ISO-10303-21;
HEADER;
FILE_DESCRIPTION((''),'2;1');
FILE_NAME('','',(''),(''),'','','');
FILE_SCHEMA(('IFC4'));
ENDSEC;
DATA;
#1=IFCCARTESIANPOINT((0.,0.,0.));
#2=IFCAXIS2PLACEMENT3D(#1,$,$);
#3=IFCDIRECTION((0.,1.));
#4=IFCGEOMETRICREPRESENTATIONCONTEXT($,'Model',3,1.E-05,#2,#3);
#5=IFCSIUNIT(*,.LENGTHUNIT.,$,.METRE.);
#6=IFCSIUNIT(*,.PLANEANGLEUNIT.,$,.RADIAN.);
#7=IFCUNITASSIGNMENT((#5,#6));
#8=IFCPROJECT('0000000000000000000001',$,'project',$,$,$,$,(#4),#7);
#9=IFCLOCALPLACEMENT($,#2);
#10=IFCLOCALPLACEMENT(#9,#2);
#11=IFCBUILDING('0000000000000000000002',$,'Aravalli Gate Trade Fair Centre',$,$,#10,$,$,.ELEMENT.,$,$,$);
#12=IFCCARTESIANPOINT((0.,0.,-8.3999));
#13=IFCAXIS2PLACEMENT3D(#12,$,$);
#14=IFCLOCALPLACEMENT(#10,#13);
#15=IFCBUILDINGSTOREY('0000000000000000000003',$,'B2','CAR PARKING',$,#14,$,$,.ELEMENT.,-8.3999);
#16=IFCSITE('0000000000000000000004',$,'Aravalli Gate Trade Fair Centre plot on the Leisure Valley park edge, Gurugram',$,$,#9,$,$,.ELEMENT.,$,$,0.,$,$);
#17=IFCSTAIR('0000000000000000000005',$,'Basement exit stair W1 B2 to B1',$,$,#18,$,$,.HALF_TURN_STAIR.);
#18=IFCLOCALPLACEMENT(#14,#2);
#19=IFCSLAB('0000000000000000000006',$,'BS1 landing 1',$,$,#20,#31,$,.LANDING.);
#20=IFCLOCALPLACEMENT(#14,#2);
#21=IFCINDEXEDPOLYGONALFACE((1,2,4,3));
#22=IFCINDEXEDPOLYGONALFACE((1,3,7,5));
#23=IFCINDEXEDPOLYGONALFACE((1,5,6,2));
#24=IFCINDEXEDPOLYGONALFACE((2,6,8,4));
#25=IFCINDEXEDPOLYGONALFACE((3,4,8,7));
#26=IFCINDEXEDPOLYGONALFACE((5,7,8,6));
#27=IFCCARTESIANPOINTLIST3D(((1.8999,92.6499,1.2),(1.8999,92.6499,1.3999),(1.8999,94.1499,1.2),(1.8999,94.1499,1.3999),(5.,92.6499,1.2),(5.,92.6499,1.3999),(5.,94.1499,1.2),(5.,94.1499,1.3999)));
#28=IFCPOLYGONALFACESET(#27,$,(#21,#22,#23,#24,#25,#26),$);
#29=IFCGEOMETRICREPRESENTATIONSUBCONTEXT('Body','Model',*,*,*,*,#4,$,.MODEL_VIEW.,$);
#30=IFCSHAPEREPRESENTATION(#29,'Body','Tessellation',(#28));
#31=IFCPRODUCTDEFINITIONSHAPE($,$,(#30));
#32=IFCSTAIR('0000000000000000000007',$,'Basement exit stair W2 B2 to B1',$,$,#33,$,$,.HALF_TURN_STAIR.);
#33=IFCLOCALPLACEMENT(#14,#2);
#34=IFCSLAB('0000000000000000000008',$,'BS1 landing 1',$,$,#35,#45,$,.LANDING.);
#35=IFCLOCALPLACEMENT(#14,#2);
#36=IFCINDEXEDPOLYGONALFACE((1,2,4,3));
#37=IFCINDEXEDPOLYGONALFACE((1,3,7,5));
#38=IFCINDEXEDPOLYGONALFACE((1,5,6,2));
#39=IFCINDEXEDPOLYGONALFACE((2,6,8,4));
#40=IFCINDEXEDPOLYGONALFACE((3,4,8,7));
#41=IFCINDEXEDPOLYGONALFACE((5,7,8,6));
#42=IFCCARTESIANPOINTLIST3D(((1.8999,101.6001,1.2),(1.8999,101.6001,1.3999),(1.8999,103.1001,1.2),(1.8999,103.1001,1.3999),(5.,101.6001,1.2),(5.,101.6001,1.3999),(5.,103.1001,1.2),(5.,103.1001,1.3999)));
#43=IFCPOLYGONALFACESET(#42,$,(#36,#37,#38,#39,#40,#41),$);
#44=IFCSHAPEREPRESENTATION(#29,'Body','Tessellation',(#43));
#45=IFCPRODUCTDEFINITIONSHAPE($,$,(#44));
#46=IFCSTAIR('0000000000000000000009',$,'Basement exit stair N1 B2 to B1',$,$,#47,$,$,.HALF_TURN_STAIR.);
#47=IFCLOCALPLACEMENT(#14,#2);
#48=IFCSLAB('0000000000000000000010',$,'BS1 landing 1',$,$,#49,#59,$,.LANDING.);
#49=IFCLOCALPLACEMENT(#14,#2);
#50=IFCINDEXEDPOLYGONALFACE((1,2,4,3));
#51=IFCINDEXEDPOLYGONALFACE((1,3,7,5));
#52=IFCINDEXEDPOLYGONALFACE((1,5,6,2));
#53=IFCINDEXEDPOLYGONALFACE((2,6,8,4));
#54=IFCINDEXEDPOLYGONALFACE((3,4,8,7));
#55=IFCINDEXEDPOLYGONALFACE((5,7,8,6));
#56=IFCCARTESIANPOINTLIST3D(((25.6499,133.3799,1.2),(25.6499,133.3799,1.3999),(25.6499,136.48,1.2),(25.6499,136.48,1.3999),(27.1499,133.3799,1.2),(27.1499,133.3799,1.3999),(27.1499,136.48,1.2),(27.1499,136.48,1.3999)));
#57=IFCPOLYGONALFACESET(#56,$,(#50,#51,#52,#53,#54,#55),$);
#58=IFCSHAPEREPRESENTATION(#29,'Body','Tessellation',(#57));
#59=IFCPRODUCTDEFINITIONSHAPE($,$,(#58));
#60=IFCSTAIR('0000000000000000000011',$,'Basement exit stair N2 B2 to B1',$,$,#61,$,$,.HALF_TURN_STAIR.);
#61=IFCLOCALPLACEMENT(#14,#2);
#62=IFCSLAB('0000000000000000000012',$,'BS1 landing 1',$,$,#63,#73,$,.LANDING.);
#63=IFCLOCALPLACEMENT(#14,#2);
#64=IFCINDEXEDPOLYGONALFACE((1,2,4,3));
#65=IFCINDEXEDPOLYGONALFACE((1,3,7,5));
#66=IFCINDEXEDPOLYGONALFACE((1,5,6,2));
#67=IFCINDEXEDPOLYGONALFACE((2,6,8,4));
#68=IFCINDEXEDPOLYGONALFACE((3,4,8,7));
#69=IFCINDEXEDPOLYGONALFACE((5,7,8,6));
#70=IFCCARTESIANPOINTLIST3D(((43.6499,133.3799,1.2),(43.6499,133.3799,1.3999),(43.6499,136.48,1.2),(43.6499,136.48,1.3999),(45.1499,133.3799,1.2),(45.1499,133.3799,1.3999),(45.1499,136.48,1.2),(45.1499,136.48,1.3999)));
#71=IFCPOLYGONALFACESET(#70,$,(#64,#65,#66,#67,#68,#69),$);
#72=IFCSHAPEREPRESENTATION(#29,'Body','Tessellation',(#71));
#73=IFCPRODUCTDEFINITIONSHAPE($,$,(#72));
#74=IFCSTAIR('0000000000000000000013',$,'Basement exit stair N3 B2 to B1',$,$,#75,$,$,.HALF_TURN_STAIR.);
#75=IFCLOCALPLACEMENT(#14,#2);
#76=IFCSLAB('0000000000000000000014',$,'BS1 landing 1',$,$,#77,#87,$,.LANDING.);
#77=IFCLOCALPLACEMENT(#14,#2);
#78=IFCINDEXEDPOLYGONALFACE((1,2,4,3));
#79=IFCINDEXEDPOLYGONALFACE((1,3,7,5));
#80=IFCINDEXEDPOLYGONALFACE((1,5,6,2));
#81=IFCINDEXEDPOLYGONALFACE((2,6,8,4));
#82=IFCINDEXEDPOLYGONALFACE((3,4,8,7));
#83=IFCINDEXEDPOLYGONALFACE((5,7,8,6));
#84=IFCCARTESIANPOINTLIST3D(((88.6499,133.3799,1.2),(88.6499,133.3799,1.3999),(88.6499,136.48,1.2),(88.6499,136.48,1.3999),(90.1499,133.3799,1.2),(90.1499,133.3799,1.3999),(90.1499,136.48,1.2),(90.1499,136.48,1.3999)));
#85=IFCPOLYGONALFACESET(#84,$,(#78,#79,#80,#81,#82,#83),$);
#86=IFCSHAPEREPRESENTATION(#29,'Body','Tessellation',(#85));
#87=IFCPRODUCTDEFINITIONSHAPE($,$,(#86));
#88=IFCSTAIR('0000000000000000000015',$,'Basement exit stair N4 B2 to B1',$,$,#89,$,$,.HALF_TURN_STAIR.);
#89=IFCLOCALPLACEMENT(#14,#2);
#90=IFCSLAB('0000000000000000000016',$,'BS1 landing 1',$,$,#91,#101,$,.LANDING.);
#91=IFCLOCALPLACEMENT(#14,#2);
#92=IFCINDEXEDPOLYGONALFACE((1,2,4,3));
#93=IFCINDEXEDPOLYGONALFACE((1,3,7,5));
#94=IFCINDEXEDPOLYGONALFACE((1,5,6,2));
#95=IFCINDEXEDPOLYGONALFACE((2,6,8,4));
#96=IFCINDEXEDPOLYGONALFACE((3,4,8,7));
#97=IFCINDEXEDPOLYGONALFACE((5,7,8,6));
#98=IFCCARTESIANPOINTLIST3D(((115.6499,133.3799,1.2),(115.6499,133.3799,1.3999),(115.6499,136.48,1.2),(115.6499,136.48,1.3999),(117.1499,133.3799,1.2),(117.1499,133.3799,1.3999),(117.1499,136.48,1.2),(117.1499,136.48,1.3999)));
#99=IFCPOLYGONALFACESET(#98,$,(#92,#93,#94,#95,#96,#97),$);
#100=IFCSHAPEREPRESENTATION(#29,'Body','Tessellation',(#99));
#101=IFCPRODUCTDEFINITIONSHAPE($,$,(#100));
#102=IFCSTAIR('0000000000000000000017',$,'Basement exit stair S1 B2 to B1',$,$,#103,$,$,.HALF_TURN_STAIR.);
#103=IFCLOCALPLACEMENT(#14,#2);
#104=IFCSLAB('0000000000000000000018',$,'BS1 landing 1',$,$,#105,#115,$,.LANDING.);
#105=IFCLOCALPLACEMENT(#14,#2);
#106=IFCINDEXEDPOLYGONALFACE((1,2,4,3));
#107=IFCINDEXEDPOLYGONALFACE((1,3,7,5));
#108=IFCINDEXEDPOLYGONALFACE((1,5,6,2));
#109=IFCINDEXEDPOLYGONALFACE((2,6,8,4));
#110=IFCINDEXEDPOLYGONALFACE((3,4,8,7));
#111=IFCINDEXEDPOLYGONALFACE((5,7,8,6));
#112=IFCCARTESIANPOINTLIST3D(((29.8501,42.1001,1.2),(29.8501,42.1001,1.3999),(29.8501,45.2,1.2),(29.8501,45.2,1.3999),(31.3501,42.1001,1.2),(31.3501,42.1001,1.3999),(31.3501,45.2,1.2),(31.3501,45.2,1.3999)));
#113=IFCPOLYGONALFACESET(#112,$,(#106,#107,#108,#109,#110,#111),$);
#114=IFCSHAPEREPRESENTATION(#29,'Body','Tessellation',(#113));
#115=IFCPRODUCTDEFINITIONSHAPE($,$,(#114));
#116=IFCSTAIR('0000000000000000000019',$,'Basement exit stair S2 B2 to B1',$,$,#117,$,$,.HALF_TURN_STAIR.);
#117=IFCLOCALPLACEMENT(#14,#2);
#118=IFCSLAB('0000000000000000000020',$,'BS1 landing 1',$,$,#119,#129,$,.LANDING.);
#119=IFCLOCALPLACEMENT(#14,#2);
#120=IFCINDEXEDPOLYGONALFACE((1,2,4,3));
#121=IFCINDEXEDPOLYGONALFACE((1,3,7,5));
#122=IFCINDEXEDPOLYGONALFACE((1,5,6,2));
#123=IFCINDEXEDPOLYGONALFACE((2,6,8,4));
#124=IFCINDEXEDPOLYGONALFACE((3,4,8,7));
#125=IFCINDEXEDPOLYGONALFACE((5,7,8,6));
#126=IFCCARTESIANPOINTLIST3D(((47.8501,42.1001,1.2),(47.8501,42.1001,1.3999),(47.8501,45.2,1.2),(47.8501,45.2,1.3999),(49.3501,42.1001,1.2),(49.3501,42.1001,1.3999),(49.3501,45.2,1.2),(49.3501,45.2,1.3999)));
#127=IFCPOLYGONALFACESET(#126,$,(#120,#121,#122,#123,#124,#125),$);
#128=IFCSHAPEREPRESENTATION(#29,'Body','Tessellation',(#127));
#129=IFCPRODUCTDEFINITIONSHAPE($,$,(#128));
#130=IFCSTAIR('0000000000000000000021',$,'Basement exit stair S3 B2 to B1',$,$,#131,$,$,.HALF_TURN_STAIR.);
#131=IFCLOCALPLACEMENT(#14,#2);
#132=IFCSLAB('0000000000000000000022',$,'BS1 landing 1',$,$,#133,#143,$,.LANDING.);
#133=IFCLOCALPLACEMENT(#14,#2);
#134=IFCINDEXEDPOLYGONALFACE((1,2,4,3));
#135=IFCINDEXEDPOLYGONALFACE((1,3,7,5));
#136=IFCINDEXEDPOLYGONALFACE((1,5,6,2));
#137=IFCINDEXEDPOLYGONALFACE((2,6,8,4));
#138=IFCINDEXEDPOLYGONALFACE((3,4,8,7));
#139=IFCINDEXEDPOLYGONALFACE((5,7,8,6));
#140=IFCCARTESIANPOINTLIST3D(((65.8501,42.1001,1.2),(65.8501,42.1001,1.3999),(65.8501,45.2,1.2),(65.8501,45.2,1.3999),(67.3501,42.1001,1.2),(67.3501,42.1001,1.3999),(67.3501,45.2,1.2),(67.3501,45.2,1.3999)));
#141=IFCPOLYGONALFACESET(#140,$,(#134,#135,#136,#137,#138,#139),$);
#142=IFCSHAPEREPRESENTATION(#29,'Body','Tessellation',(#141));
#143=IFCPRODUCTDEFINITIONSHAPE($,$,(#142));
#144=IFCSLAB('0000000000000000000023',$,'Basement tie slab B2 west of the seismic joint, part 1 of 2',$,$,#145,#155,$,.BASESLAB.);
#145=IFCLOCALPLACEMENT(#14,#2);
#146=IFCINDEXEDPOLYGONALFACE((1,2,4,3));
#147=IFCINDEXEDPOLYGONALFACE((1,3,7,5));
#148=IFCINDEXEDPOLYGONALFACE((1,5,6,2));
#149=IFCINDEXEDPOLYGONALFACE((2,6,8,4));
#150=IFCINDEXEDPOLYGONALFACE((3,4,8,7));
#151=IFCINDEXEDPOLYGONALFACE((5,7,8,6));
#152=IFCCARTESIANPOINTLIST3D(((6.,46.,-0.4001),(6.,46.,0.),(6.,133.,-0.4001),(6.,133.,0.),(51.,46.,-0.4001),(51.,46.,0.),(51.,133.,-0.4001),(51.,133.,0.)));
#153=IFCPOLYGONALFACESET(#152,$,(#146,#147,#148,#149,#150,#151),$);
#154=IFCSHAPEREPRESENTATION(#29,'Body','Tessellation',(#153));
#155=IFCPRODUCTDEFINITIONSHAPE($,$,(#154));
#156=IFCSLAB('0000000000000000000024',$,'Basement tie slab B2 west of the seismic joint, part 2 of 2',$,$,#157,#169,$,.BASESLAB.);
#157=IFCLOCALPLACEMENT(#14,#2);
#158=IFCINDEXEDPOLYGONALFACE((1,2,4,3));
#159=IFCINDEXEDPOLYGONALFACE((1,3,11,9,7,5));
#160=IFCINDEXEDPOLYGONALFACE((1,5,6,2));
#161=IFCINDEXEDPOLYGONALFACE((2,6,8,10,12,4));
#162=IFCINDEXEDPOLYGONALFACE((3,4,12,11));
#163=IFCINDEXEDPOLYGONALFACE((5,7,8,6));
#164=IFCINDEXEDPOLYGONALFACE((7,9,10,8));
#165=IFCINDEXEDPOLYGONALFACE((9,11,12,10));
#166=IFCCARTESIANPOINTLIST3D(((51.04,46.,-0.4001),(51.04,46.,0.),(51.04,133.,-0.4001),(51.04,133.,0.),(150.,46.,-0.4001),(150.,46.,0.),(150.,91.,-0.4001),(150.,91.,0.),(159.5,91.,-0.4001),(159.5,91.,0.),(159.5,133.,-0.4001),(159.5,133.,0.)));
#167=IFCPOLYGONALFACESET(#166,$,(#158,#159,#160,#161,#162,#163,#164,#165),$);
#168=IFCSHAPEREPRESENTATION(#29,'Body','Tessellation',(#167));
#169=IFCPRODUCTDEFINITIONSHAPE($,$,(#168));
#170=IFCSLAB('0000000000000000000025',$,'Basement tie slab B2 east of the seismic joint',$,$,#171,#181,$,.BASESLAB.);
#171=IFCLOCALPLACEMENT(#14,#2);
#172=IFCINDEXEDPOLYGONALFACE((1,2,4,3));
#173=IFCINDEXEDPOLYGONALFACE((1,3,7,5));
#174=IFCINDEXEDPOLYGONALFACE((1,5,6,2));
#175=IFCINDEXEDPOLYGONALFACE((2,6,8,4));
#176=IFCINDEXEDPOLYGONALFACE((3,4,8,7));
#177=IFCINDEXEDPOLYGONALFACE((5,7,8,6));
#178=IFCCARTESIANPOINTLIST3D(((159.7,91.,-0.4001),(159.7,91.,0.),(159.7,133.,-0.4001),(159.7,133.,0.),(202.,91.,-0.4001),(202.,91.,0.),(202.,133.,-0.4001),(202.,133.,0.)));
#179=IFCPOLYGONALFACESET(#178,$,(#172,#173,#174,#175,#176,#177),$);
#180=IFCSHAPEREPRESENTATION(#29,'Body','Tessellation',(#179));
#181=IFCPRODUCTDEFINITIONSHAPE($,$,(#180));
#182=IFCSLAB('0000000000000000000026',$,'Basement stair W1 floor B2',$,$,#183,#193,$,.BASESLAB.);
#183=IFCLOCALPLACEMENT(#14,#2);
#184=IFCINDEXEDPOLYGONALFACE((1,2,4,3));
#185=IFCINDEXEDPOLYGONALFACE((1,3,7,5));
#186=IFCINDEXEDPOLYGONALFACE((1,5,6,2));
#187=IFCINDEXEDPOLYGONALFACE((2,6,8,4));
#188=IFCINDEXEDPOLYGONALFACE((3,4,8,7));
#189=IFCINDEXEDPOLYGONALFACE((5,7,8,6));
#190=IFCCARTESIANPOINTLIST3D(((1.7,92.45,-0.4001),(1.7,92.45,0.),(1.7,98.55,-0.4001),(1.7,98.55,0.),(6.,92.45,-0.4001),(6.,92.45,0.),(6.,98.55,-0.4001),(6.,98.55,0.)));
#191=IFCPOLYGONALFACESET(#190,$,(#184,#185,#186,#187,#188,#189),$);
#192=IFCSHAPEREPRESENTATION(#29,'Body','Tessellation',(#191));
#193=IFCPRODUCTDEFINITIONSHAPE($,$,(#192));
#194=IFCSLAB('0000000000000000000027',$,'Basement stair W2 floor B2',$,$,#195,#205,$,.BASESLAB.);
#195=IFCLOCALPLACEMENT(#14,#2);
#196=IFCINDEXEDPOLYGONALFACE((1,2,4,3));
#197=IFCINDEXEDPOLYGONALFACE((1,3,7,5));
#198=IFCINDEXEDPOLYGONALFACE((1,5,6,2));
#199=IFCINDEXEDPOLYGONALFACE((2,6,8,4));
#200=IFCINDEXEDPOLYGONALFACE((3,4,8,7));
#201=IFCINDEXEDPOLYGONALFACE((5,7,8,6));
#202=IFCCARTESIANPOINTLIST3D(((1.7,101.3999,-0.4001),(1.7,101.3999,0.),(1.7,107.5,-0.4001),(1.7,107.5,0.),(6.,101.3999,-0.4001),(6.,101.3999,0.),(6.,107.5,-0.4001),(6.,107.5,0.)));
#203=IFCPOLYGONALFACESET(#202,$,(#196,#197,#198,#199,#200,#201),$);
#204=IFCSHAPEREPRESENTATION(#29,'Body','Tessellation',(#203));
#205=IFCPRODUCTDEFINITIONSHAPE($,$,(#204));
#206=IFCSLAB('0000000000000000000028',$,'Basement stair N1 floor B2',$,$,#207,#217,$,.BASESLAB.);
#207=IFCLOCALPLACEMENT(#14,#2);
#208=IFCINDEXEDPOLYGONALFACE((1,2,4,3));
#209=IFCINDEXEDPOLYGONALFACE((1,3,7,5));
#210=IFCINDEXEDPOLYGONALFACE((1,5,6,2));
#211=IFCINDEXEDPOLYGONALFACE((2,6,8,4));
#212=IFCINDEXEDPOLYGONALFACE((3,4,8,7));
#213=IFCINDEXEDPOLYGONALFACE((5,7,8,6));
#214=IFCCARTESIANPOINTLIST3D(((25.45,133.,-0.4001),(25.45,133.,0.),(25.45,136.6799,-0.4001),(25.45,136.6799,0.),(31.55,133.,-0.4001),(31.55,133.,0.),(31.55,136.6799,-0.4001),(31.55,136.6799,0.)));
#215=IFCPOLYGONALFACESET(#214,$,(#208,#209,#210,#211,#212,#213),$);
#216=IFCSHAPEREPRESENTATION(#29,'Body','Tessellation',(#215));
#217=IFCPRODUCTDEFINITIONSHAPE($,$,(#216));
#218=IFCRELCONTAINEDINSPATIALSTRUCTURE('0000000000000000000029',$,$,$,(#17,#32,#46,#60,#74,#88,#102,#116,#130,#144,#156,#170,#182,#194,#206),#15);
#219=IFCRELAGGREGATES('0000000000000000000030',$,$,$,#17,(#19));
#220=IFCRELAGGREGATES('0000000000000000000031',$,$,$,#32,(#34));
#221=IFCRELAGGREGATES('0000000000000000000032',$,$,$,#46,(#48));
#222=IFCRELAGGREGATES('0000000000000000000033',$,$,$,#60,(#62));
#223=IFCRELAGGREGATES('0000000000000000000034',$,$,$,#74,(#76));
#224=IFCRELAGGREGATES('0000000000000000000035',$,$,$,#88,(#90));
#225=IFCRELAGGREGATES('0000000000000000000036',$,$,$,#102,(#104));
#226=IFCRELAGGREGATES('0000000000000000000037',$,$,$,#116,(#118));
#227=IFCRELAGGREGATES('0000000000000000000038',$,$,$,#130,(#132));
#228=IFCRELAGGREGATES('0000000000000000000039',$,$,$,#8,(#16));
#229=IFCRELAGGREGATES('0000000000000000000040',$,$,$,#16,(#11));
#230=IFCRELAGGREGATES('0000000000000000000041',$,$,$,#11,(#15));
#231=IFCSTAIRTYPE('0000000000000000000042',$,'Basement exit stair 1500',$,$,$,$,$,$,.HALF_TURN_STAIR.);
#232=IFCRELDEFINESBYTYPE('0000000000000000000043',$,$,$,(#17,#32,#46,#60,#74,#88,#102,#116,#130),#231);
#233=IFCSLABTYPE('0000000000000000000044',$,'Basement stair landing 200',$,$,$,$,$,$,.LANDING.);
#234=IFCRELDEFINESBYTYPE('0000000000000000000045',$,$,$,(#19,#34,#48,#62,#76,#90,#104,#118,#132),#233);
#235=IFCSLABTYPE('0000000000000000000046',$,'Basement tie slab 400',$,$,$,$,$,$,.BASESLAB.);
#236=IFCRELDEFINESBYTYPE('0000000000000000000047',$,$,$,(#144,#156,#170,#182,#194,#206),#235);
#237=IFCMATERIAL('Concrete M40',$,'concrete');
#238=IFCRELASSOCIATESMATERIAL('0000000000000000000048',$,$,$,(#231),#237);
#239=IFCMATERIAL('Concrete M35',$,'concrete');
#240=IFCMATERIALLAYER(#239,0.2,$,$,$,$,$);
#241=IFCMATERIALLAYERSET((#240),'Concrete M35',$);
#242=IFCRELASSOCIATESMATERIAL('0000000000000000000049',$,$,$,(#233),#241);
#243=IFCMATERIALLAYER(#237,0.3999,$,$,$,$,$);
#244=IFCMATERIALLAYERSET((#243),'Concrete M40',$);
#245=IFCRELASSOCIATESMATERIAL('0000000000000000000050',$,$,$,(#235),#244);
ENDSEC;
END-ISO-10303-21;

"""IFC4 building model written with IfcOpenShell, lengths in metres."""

from ifc_helpers import new_model, si_unit, direction, frame, origin, place, context, subcontext, project, spatial, polyline, outline, extrude, material, layer, layer_set, type_object, element, aggregate, save


model = new_model("IFC4")

# Units and contexts
model_context = context("Model", 3, precision=1e-05, world=origin(), true_north=direction((0.0, 1.0)))
body_context = subcontext(model_context, "Body", "Model", "MODEL_VIEW")
ifc_project = project(units=[si_unit("LENGTHUNIT", "METRE"), si_unit("PLANEANGLEUNIT", "RADIAN")], contexts=[model_context])

# Site, building, storey
site_placement = place(None, origin())
site = spatial("IfcSite", under=ifc_project, at=site_placement, Name="Aravalli Gate Trade Fair Centre plot on the Leisure Valley park edge, Gurugram", CompositionType="ELEMENT", RefElevation=0.0)
building_placement = place(site_placement, origin())
building = spatial("IfcBuilding", under=site, at=building_placement, Name="Aravalli Gate Trade Fair Centre", CompositionType="ELEMENT")
storey_placement = place(building_placement, frame((0.0, 0.0, -8.3999)))
storey = spatial("IfcBuildingStorey", under=building, at=storey_placement, Name="B2", Description="CAR PARKING", CompositionType="ELEMENT", Elevation=-8.3999)

# Stairs, slabs
ifc_material_1 = material(Name="Concrete M40", Category="concrete")
stair_type = type_object("IfcStairType", Name="Basement exit stair 1500", PredefinedType="HALF_TURN_STAIR", material=ifc_material_1)
stair_1_placement = place(storey_placement, origin())
stair_1 = element("IfcStair", 1, at=stair_1_placement, inside=storey, type_object=stair_type, Name="Basement exit stair W1 B2 to B1", PredefinedType="HALF_TURN_STAIR")
ifc_material_2 = material(Name="Concrete M35", Category="concrete")
ifc_layer_1 = layer(ifc_material_2, 0.2)
ifc_layer_set_1 = layer_set([ifc_layer_1], Name="Concrete M35")
slab_type_1 = type_object("IfcSlabType", Name="Basement stair landing 200", PredefinedType="LANDING", material=ifc_layer_set_1)
slab_1_placement = place(storey_placement, frame((0.0, 0.0, 1.2)))
slab_1 = element("IfcSlab", 2, at=slab_1_placement, type_object=slab_type_1, Name="BS1 landing 1", PredefinedType="LANDING", context=body_context, shape_type="SweptSolid", body=[
    extrude(outline(polyline([(5.0, 94.1499), (5.0, 92.6499), (1.8999, 92.6499), (1.8999, 94.1499), (5.0, 94.1499)])), origin(), (0.0, 0.0, 1.0), 0.2),
])
aggregate(stair_1, [slab_1])
stair_2_placement = place(storey_placement, origin())
stair_2 = element("IfcStair", 3, at=stair_2_placement, inside=storey, type_object=stair_type, Name="Basement exit stair W2 B2 to B1", PredefinedType="HALF_TURN_STAIR")
slab_2_placement = place(storey_placement, frame((0.0, 0.0, 1.2)))
slab_2 = element("IfcSlab", 4, at=slab_2_placement, type_object=slab_type_1, Name="BS1 landing 1", PredefinedType="LANDING", context=body_context, shape_type="SweptSolid", body=[
    extrude(outline(polyline([(5.0, 103.1001), (5.0, 101.6001), (1.8999, 101.6001), (1.8999, 103.1001), (5.0, 103.1001)])), origin(), (0.0, 0.0, 1.0), 0.2),
])
aggregate(stair_2, [slab_2])
stair_3_placement = place(storey_placement, origin())
stair_3 = element("IfcStair", 5, at=stair_3_placement, inside=storey, type_object=stair_type, Name="Basement exit stair N1 B2 to B1", PredefinedType="HALF_TURN_STAIR")
slab_3_placement = place(storey_placement, frame((0.0, 0.0, 1.2)))
slab_3 = element("IfcSlab", 6, at=slab_3_placement, type_object=slab_type_1, Name="BS1 landing 1", PredefinedType="LANDING", context=body_context, shape_type="SweptSolid", body=[
    extrude(outline(polyline([(27.1499, 133.3799), (25.6499, 133.3799), (25.6499, 136.48), (27.1499, 136.48), (27.1499, 133.3799)])), origin(), (0.0, 0.0, 1.0), 0.2),
])
aggregate(stair_3, [slab_3])
stair_4_placement = place(storey_placement, origin())
stair_4 = element("IfcStair", 7, at=stair_4_placement, inside=storey, type_object=stair_type, Name="Basement exit stair N2 B2 to B1", PredefinedType="HALF_TURN_STAIR")
slab_4_placement = place(storey_placement, frame((0.0, 0.0, 1.2)))
slab_4 = element("IfcSlab", 8, at=slab_4_placement, type_object=slab_type_1, Name="BS1 landing 1", PredefinedType="LANDING", context=body_context, shape_type="SweptSolid", body=[
    extrude(outline(polyline([(45.1499, 133.3799), (43.6499, 133.3799), (43.6499, 136.48), (45.1499, 136.48), (45.1499, 133.3799)])), origin(), (0.0, 0.0, 1.0), 0.2),
])
aggregate(stair_4, [slab_4])
stair_5_placement = place(storey_placement, origin())
stair_5 = element("IfcStair", 9, at=stair_5_placement, inside=storey, type_object=stair_type, Name="Basement exit stair N3 B2 to B1", PredefinedType="HALF_TURN_STAIR")
slab_5_placement = place(storey_placement, frame((0.0, 0.0, 1.2)))
slab_5 = element("IfcSlab", 10, at=slab_5_placement, type_object=slab_type_1, Name="BS1 landing 1", PredefinedType="LANDING", context=body_context, shape_type="SweptSolid", body=[
    extrude(outline(polyline([(90.1499, 133.3799), (88.6499, 133.3799), (88.6499, 136.48), (90.1499, 136.48), (90.1499, 133.3799)])), origin(), (0.0, 0.0, 1.0), 0.2),
])
aggregate(stair_5, [slab_5])
stair_6_placement = place(storey_placement, origin())
stair_6 = element("IfcStair", 11, at=stair_6_placement, inside=storey, type_object=stair_type, Name="Basement exit stair N4 B2 to B1", PredefinedType="HALF_TURN_STAIR")
slab_6_placement = place(storey_placement, frame((0.0, 0.0, 1.2)))
slab_6 = element("IfcSlab", 12, at=slab_6_placement, type_object=slab_type_1, Name="BS1 landing 1", PredefinedType="LANDING", context=body_context, shape_type="SweptSolid", body=[
    extrude(outline(polyline([(117.1499, 133.3799), (115.6499, 133.3799), (115.6499, 136.48), (117.1499, 136.48), (117.1499, 133.3799)])), origin(), (0.0, 0.0, 1.0), 0.2),
])
aggregate(stair_6, [slab_6])
stair_7_placement = place(storey_placement, origin())
stair_7 = element("IfcStair", 13, at=stair_7_placement, inside=storey, type_object=stair_type, Name="Basement exit stair S1 B2 to B1", PredefinedType="HALF_TURN_STAIR")
slab_7_placement = place(storey_placement, frame((0.0, 0.0, 1.2)))
slab_7 = element("IfcSlab", 14, at=slab_7_placement, type_object=slab_type_1, Name="BS1 landing 1", PredefinedType="LANDING", context=body_context, shape_type="SweptSolid", body=[
    extrude(outline(polyline([(29.8501, 45.2), (31.3501, 45.2), (31.3501, 42.1001), (29.8501, 42.1001), (29.8501, 45.2)])), origin(), (0.0, 0.0, 1.0), 0.2),
])
aggregate(stair_7, [slab_7])
stair_8_placement = place(storey_placement, origin())
stair_8 = element("IfcStair", 15, at=stair_8_placement, inside=storey, type_object=stair_type, Name="Basement exit stair S2 B2 to B1", PredefinedType="HALF_TURN_STAIR")
slab_8_placement = place(storey_placement, frame((0.0, 0.0, 1.2)))
slab_8 = element("IfcSlab", 16, at=slab_8_placement, type_object=slab_type_1, Name="BS1 landing 1", PredefinedType="LANDING", context=body_context, shape_type="SweptSolid", body=[
    extrude(outline(polyline([(47.8501, 45.2), (49.3501, 45.2), (49.3501, 42.1001), (47.8501, 42.1001), (47.8501, 45.2)])), origin(), (0.0, 0.0, 1.0), 0.2),
])
aggregate(stair_8, [slab_8])
stair_9_placement = place(storey_placement, origin())
stair_9 = element("IfcStair", 17, at=stair_9_placement, inside=storey, type_object=stair_type, Name="Basement exit stair S3 B2 to B1", PredefinedType="HALF_TURN_STAIR")
slab_9_placement = place(storey_placement, frame((0.0, 0.0, 1.2)))
slab_9 = element("IfcSlab", 18, at=slab_9_placement, type_object=slab_type_1, Name="BS1 landing 1", PredefinedType="LANDING", context=body_context, shape_type="SweptSolid", body=[
    extrude(outline(polyline([(65.8501, 45.2), (67.3501, 45.2), (67.3501, 42.1001), (65.8501, 42.1001), (65.8501, 45.2)])), origin(), (0.0, 0.0, 1.0), 0.2),
])
aggregate(stair_9, [slab_9])

# Slabs
ifc_layer_2 = layer(ifc_material_1, 0.3999)
ifc_layer_set_2 = layer_set([ifc_layer_2], Name="Concrete M40")
slab_type_2 = type_object("IfcSlabType", Name="Basement tie slab 400", PredefinedType="BASESLAB", material=ifc_layer_set_2)
slab_10_placement = place(storey_placement, frame((0.0, 0.0, -0.4001)))
element("IfcSlab", 19, at=slab_10_placement, inside=storey, type_object=slab_type_2, Name="Basement tie slab B2 west of the seismic joint, part 1 of 2", PredefinedType="BASESLAB", context=body_context, shape_type="SweptSolid", body=[
    extrude(outline(polyline([(6.0, 46.0), (51.0, 46.0), (51.0, 133.0), (6.0, 133.0), (6.0, 46.0)])), origin(), (0.0, 0.0, 1.0), 0.4001),
])
slab_11_placement = place(storey_placement, frame((0.0, 0.0, -0.4001)))
element("IfcSlab", 20, at=slab_11_placement, inside=storey, type_object=slab_type_2, Name="Basement tie slab B2 west of the seismic joint, part 2 of 2", PredefinedType="BASESLAB", context=body_context, shape_type="SweptSolid", body=[
    extrude(outline(polyline([(150.0, 46.0), (150.0, 91.0), (159.5, 91.0), (159.5, 133.0), (51.04, 133.0), (51.04, 46.0), (150.0, 46.0)])), origin(), (0.0, 0.0, 1.0), 0.4001),
])
slab_12_placement = place(storey_placement, frame((0.0, 0.0, -0.4001)))
element("IfcSlab", 21, at=slab_12_placement, inside=storey, type_object=slab_type_2, Name="Basement tie slab B2 east of the seismic joint", PredefinedType="BASESLAB", context=body_context, shape_type="SweptSolid", body=[
    extrude(outline(polyline([(202.0, 133.0), (202.0, 91.0), (159.7, 91.0), (159.7, 133.0), (202.0, 133.0)])), origin(), (0.0, 0.0, 1.0), 0.4001),
])
slab_13_placement = place(storey_placement, frame((0.0, 0.0, -0.4001)))
element("IfcSlab", 22, at=slab_13_placement, inside=storey, type_object=slab_type_2, Name="Basement stair W1 floor B2", PredefinedType="BASESLAB", context=body_context, shape_type="SweptSolid", body=[
    extrude(outline(polyline([(6.0, 98.55), (6.0, 92.45), (1.7, 92.45), (1.7, 98.55), (6.0, 98.55)])), origin(), (0.0, 0.0, 1.0), 0.4001),
])
slab_14_placement = place(storey_placement, frame((0.0, 0.0, -0.4001)))
element("IfcSlab", 23, at=slab_14_placement, inside=storey, type_object=slab_type_2, Name="Basement stair W2 floor B2", PredefinedType="BASESLAB", context=body_context, shape_type="SweptSolid", body=[
    extrude(outline(polyline([(6.0, 107.5), (6.0, 101.3999), (1.7, 101.3999), (1.7, 107.5), (6.0, 107.5)])), origin(), (0.0, 0.0, 1.0), 0.4001),
])
slab_15_placement = place(storey_placement, frame((0.0, 0.0, -0.4001)))
element("IfcSlab", 24, at=slab_15_placement, inside=storey, type_object=slab_type_2, Name="Basement stair N1 floor B2", PredefinedType="BASESLAB", context=body_context, shape_type="SweptSolid", body=[
    extrude(outline(polyline([(31.55, 133.0), (25.45, 133.0), (25.45, 136.6799), (31.55, 136.6799), (31.55, 133.0)])), origin(), (0.0, 0.0, 1.0), 0.4001),
])

save(model, "model.ifc")
